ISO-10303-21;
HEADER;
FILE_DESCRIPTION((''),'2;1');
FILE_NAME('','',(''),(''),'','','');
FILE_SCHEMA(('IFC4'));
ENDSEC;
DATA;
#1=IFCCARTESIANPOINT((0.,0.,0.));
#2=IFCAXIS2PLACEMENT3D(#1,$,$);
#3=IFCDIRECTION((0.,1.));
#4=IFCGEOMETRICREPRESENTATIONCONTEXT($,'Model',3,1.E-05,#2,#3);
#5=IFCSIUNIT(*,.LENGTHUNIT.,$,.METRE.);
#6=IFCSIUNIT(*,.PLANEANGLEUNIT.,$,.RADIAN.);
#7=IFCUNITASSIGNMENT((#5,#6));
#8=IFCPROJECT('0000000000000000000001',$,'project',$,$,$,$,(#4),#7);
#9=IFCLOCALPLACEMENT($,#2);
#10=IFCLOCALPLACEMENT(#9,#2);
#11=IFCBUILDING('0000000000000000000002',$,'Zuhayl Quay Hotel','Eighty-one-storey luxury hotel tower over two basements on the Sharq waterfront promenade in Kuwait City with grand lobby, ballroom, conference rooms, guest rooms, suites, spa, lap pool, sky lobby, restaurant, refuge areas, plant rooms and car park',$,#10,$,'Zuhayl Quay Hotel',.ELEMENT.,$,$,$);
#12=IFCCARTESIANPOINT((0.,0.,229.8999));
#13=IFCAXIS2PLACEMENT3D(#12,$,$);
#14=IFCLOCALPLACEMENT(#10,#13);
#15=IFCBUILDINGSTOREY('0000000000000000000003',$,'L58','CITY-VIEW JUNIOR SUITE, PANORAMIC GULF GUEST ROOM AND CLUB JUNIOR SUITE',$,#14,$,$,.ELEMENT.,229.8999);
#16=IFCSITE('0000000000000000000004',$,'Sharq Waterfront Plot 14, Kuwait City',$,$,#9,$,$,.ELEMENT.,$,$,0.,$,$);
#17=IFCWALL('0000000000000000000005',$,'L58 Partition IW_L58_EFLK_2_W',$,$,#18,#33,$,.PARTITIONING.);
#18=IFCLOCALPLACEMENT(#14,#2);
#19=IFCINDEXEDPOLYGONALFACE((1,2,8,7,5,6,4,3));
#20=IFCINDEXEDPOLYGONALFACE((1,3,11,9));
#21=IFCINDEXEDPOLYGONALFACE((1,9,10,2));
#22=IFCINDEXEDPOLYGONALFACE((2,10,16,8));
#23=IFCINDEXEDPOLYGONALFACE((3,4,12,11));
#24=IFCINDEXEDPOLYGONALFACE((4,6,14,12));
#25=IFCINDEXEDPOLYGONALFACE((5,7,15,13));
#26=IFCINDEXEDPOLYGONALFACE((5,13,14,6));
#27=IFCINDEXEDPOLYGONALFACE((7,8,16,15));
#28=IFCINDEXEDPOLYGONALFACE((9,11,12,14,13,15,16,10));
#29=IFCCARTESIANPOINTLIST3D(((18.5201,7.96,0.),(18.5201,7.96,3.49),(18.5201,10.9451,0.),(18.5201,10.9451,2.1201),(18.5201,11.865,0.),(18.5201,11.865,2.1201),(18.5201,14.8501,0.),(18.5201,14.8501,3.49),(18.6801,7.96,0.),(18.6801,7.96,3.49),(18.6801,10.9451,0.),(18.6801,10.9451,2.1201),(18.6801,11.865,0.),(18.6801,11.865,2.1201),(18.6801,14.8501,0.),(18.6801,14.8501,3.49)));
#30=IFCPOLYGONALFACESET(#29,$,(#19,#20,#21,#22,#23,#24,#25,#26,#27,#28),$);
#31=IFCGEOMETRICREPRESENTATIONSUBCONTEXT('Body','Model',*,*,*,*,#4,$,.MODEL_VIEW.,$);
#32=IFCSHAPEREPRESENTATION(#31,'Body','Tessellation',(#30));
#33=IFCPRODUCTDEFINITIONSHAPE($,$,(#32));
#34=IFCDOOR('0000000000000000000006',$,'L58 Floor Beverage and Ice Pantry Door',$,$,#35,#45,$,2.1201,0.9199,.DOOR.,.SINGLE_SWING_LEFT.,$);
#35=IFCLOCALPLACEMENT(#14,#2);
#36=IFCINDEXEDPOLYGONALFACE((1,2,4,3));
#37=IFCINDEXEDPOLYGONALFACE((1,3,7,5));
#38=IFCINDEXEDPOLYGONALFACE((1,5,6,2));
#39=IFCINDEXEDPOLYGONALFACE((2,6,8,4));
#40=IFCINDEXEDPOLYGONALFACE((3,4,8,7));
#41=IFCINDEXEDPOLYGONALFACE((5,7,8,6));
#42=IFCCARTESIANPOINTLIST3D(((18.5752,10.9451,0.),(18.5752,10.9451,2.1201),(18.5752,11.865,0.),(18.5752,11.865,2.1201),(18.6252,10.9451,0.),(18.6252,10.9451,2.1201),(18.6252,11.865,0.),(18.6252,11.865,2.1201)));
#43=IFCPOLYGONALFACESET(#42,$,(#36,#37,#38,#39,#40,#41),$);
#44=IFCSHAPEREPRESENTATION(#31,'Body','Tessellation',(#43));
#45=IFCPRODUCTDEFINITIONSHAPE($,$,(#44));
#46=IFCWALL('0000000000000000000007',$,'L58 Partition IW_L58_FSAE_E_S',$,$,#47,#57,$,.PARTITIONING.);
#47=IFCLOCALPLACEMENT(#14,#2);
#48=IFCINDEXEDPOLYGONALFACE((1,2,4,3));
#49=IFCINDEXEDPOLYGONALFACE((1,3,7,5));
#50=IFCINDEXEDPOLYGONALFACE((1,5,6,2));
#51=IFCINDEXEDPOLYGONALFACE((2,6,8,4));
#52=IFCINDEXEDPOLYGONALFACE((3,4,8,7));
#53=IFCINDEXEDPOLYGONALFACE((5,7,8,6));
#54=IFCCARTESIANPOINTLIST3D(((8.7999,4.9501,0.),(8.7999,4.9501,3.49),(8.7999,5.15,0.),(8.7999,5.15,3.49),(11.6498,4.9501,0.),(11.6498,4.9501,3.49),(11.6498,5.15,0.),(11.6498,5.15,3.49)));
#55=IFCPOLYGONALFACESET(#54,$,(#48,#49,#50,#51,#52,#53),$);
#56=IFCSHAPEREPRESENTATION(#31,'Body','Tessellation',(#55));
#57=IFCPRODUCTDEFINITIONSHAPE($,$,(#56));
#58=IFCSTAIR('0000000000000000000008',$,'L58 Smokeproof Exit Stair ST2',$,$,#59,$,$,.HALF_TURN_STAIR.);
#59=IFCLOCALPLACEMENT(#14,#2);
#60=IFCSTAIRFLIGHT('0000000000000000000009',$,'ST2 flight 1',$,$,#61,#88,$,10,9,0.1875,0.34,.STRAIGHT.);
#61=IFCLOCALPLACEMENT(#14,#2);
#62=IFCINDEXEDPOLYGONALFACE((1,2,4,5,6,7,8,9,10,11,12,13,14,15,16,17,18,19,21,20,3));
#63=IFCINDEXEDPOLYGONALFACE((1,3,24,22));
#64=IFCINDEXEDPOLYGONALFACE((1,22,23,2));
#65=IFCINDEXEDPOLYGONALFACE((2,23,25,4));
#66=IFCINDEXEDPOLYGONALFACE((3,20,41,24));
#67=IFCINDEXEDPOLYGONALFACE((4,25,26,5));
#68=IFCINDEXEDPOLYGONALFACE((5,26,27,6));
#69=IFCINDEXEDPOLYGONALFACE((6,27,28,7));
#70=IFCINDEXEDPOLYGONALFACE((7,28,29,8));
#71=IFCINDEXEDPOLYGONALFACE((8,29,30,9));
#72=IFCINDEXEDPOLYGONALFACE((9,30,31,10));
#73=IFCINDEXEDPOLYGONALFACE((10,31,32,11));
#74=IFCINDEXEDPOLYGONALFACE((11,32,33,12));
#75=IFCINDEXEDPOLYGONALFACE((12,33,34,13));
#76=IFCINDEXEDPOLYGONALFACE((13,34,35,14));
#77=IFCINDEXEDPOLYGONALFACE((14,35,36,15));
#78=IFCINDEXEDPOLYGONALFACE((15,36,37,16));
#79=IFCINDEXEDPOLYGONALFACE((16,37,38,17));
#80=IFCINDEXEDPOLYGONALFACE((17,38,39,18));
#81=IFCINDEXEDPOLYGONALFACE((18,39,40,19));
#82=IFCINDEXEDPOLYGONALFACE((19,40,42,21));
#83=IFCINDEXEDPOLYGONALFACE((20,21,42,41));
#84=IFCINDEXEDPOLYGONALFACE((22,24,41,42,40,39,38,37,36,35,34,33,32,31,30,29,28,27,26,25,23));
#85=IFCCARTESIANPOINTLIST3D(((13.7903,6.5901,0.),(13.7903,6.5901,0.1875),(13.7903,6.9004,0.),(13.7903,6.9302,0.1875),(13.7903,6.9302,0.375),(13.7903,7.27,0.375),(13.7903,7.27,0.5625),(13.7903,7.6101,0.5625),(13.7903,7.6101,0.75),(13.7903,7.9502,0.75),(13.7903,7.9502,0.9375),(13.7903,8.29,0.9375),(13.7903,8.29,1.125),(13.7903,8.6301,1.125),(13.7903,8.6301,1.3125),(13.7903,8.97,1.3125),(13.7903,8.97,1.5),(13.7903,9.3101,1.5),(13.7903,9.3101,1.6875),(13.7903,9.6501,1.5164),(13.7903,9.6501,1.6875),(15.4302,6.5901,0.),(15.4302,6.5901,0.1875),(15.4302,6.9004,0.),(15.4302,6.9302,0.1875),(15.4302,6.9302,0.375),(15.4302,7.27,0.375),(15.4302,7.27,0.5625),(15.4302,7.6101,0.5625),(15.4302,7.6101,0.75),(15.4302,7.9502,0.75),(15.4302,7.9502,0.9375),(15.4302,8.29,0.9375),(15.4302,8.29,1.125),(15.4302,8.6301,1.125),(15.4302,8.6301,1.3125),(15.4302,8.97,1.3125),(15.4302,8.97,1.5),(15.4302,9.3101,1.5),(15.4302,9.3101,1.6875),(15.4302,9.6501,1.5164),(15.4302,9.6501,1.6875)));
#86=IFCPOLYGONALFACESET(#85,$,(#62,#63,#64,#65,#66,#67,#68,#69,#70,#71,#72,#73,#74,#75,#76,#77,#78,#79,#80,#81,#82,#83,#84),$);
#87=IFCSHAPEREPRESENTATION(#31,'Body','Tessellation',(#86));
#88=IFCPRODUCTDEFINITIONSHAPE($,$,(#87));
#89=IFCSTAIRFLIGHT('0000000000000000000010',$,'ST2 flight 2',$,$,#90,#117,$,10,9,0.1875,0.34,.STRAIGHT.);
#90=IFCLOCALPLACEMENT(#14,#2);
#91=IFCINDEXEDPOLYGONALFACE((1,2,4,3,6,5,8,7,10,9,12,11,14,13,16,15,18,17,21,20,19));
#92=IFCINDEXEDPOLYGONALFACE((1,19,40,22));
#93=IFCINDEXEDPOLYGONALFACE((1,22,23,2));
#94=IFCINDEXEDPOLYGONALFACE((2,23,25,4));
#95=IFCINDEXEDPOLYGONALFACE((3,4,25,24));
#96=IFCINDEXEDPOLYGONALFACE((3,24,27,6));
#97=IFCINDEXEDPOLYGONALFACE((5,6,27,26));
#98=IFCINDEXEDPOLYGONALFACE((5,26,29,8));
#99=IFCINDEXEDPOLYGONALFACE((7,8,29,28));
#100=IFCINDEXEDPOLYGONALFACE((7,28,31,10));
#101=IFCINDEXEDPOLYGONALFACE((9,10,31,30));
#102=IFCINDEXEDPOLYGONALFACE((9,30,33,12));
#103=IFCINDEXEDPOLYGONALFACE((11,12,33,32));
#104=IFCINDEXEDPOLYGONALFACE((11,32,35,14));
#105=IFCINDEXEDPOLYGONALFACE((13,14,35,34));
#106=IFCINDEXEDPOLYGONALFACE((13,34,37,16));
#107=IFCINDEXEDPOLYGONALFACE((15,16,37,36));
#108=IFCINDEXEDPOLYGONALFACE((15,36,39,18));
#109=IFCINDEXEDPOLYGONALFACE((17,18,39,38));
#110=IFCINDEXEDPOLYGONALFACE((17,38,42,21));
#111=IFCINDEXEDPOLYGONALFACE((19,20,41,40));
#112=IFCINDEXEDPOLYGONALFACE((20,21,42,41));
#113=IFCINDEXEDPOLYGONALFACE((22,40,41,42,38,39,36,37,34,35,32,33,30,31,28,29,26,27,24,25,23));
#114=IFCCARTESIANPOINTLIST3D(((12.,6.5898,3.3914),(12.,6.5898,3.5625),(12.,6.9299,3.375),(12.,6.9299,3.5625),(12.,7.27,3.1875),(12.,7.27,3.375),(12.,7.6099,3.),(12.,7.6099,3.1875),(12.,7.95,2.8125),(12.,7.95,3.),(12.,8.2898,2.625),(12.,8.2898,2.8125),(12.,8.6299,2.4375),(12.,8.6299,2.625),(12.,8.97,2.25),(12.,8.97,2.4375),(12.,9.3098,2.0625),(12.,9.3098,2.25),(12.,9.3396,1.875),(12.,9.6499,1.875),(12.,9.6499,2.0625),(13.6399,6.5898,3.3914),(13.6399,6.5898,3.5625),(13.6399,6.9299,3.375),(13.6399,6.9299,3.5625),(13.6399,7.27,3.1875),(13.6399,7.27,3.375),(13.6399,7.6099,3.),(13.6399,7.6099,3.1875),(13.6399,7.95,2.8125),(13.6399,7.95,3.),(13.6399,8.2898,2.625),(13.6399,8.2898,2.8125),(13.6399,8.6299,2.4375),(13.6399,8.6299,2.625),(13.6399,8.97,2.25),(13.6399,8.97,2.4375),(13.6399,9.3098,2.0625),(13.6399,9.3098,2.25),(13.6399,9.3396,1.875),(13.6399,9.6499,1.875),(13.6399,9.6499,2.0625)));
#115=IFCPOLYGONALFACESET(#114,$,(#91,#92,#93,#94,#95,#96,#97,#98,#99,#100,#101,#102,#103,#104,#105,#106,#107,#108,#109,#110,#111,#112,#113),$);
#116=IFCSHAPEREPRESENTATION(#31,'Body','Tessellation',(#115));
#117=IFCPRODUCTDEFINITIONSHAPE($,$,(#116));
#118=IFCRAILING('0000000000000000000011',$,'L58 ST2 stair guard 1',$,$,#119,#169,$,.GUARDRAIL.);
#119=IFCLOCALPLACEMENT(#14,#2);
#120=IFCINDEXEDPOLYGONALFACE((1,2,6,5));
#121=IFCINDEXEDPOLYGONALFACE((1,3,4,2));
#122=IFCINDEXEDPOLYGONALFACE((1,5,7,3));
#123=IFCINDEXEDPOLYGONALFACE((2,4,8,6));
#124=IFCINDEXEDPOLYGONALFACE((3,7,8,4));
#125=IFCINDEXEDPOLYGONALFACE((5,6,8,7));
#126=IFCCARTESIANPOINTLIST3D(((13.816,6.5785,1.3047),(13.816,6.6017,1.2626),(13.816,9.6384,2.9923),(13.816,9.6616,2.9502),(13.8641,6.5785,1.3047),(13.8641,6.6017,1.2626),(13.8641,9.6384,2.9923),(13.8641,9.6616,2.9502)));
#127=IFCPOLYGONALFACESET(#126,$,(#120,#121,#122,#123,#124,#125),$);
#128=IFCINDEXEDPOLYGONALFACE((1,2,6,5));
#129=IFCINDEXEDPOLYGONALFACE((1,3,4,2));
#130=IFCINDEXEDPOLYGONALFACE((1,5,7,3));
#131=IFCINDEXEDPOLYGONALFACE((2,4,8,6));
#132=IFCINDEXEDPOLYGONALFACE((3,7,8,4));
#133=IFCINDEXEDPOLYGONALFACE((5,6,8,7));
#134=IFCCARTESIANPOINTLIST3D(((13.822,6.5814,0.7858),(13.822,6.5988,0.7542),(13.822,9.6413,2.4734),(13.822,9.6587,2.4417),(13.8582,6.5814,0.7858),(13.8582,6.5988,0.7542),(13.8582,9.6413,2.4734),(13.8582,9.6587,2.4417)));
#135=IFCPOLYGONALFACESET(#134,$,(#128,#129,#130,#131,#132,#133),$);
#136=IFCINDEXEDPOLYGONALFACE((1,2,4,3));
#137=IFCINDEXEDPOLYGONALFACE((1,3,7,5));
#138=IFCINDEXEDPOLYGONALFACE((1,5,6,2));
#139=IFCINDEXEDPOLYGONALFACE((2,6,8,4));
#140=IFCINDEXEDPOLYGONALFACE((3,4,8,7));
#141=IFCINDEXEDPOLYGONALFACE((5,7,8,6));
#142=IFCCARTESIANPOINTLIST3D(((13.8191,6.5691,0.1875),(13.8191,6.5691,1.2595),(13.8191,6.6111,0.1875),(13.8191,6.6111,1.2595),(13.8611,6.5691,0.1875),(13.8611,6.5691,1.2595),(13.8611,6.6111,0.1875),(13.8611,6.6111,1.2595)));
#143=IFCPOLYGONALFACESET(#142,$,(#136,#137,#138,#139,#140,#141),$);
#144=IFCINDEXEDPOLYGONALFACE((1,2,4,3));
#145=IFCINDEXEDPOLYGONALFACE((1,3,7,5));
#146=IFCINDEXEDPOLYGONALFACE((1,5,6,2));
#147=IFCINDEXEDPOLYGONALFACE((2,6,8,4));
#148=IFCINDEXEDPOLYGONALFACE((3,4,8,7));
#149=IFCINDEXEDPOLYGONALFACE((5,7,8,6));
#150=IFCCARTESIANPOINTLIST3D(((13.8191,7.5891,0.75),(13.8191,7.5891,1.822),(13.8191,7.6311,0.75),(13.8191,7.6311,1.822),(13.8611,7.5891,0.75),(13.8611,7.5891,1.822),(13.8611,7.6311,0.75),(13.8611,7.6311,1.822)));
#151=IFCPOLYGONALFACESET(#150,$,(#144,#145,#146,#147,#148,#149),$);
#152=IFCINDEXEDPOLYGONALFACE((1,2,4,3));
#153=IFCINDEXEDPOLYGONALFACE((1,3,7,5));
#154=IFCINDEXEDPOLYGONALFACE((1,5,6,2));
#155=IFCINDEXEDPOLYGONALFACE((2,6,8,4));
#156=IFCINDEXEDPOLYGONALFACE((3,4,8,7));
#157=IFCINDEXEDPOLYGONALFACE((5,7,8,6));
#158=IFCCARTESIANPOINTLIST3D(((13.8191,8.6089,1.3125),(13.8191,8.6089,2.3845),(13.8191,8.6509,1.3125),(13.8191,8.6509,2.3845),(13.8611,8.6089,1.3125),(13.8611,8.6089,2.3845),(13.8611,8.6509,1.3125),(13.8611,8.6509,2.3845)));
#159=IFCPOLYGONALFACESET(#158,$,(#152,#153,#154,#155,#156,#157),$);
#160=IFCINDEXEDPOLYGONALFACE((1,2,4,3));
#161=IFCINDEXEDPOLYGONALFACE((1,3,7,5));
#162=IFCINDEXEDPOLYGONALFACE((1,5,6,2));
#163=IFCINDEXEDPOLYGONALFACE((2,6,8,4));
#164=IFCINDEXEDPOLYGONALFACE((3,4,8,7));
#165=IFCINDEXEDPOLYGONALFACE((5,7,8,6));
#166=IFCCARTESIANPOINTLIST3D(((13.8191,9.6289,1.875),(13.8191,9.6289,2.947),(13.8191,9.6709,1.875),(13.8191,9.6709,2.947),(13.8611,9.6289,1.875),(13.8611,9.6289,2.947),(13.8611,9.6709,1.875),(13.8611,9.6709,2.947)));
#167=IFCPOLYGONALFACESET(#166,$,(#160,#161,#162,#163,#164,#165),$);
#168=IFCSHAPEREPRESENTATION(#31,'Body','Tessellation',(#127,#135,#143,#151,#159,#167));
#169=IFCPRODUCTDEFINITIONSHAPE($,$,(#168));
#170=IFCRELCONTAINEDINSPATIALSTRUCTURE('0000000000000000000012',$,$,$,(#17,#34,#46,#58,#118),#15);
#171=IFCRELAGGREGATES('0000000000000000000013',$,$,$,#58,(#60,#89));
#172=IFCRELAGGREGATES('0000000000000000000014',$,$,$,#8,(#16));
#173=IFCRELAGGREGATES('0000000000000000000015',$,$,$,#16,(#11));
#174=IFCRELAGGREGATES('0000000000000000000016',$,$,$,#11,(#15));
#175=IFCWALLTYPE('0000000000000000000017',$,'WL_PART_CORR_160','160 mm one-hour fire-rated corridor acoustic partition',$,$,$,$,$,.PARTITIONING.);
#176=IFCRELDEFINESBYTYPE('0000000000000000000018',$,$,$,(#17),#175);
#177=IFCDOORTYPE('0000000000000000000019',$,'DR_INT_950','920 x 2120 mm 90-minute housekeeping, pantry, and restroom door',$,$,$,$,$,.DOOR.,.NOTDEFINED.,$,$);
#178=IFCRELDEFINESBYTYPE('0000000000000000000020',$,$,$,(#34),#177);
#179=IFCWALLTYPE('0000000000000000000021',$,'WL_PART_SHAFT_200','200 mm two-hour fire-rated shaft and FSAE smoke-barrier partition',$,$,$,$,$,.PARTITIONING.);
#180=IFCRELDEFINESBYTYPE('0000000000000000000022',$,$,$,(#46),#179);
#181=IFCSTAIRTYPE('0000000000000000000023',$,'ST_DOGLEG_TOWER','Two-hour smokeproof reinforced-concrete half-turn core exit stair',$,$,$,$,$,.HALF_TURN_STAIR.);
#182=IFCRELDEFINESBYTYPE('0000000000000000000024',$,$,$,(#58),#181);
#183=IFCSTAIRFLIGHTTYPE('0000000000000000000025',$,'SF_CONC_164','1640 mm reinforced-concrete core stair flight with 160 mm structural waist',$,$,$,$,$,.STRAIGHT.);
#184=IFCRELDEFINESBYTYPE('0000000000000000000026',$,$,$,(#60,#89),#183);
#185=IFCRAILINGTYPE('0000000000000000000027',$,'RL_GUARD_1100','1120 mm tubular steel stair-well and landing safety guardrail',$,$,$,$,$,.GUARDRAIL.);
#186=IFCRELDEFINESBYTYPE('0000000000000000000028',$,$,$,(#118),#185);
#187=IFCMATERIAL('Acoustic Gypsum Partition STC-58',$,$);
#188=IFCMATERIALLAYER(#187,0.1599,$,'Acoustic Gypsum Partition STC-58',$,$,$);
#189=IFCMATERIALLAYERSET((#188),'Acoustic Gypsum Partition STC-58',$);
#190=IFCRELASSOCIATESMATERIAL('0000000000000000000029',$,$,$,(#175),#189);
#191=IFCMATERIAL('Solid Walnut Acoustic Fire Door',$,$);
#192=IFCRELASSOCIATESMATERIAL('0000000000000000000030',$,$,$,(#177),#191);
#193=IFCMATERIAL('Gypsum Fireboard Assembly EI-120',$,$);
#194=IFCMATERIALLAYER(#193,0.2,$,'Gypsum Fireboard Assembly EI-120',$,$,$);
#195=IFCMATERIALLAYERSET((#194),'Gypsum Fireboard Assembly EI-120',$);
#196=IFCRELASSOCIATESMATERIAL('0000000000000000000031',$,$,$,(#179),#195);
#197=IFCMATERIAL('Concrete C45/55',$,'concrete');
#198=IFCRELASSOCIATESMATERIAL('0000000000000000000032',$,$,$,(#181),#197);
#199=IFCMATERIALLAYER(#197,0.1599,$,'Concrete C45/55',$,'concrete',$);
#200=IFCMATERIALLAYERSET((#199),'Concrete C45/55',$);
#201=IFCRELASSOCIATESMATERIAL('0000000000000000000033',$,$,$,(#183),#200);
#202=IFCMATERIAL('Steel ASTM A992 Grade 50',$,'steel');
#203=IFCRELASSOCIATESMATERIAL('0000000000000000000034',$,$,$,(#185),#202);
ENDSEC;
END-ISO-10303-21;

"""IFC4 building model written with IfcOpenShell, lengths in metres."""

from ifc_helpers import new_model, si_unit, direction, frame, frame_2d, origin, origin_2d, place, context, subcontext, project, spatial, polyline, rectangle, outline, extrude, material, layer, layer_set, type_object, element, fill, aggregate, save


model = new_model("IFC4")

# Units and contexts
model_context = context("Model", 3, precision=1e-05, world=origin(), true_north=direction((0.0, 1.0)))
body_context = subcontext(model_context, "Body", "Model", "MODEL_VIEW")
ifc_project = project(units=[si_unit("LENGTHUNIT", "METRE"), si_unit("PLANEANGLEUNIT", "RADIAN")], contexts=[model_context])

# Site, building, storey
site_placement = place(None, origin())
site = spatial("IfcSite", under=ifc_project, at=site_placement, Name="Sharq Waterfront Plot 14, Kuwait City", CompositionType="ELEMENT", RefElevation=0.0)
building_placement = place(site_placement, origin())
building = spatial("IfcBuilding", under=site, at=building_placement, Name="Zuhayl Quay Hotel", Description="Eighty-one-storey luxury hotel tower over two basements on the Sharq waterfront promenade in Kuwait City with grand lobby, ballroom, conference rooms, guest rooms, suites, spa, lap pool, sky lobby, restaurant, refuge areas, plant rooms and car park", LongName="Zuhayl Quay Hotel", CompositionType="ELEMENT")
storey_placement = place(building_placement, frame((0.0, 0.0, 229.8999)))
storey = spatial("IfcBuildingStorey", under=building, at=storey_placement, Name="L58", Description="CITY-VIEW JUNIOR SUITE, PANORAMIC GULF GUEST ROOM AND CLUB JUNIOR SUITE", CompositionType="ELEMENT", Elevation=229.8999)

# Shared definitions
ifc_material_1 = material(Name="Acoustic Gypsum Partition STC-58")

# Wall, opening, door
ifc_layer_1 = layer(ifc_material_1, 0.1599, Name="Acoustic Gypsum Partition STC-58")
ifc_layer_set_1 = layer_set([ifc_layer_1], Name="Acoustic Gypsum Partition STC-58")
wall_type_1 = type_object("IfcWallType", Name="WL_PART_CORR_160", Description="160 mm one-hour fire-rated corridor acoustic partition", PredefinedType="PARTITIONING", material=ifc_layer_set_1)
ifc_material_2 = material(Name="Solid Walnut Acoustic Fire Door")
door_type_1 = type_object("IfcDoorType", Name="DR_INT_950", Description="920 x 2120 mm 90-minute housekeeping, pantry, and restroom door", OperationType="NOTDEFINED", PredefinedType="DOOR", material=ifc_material_2)
wall_1_placement = place(storey_placement, frame((18.6001, 7.96, 0.0), z_axis=(0.0, 0.0, 1.0), x_axis=(0.0, 1.0, 0.0)))
wall_1 = element("IfcWall", 1, at=wall_1_placement, inside=storey, type_object=wall_type_1, Name="L58 Partition IW_L58_EFLK_2_W", PredefinedType="PARTITIONING", context=body_context, shape_type="SweptSolid", body=[
    extrude(rectangle(XDim=6.8901, YDim=0.1599, at=frame_2d((3.4451, 0.0))), origin(), (0.0, 0.0, 1.0), 3.49),
])
opening_1_placement = place(wall_1_placement, frame((2.9851, 0.0, 0.0)))
opening_1 = element("IfcOpeningElement", 2, at=opening_1_placement, cuts=wall_1, PredefinedType="OPENING", context=body_context, shape_type="SweptSolid", body=[
    extrude(rectangle(XDim=0.9199, YDim=2.1201, at=frame_2d((0.46, 1.0601))), frame((0.0, 0.0898, 0.0), z_axis=(0.0, -1.0, 0.0), x_axis=(1.0, 0.0, 0.0)), (0.0, 0.0, 1.0), 0.1799),
])
door_1_placement = place(opening_1_placement, origin())
door_1 = element("IfcDoor", 3, at=door_1_placement, inside=storey, type_object=door_type_1, Name="L58 Floor Beverage and Ice Pantry Door", OperationType="SINGLE_SWING_LEFT", OverallHeight=2.1201, OverallWidth=0.9199, PredefinedType="DOOR", context=body_context, shape_type="SweptSolid", body=[
    extrude(rectangle(XDim=0.9199, YDim=2.1201, at=frame_2d((0.46, 1.0601))), frame((0.0, 0.0249, 0.0), z_axis=(0.0, -1.0, 0.0), x_axis=(1.0, 0.0, 0.0)), (0.0, 0.0, 1.0), 0.05),
])
fill(opening_1, door_1)

# Wall
ifc_material_3 = material(Name="Gypsum Fireboard Assembly EI-120")
ifc_layer_2 = layer(ifc_material_3, 0.2, Name="Gypsum Fireboard Assembly EI-120")
ifc_layer_set_2 = layer_set([ifc_layer_2], Name="Gypsum Fireboard Assembly EI-120")
wall_type_2 = type_object("IfcWallType", Name="WL_PART_SHAFT_200", Description="200 mm two-hour fire-rated shaft and FSAE smoke-barrier partition", PredefinedType="PARTITIONING", material=ifc_layer_set_2)
wall_2_placement = place(storey_placement, frame((8.8, 5.05, 0.0), z_axis=(0.0, 0.0, 1.0), x_axis=(1.0, 0.0, 0.0)))
element("IfcWall", 4, at=wall_2_placement, inside=storey, type_object=wall_type_2, Name="L58 Partition IW_L58_FSAE_E_S", PredefinedType="PARTITIONING", context=body_context, shape_type="SweptSolid", body=[
    extrude(rectangle(XDim=2.8499, YDim=0.2, at=frame_2d((1.4248, 0.0))), origin(), (0.0, 0.0, 1.0), 3.49),
])

# Stair, stair flights
ifc_material_4 = material(Name="Concrete C45/55", Category="concrete")
stair_type = type_object("IfcStairType", Name="ST_DOGLEG_TOWER", Description="Two-hour smokeproof reinforced-concrete half-turn core exit stair", PredefinedType="HALF_TURN_STAIR", material=ifc_material_4)
stair_placement = place(storey_placement, origin())
stair = element("IfcStair", 5, at=stair_placement, inside=storey, type_object=stair_type, Name="L58 Smokeproof Exit Stair ST2", PredefinedType="HALF_TURN_STAIR")
ifc_layer_3 = layer(ifc_material_4, 0.1599, Name="Concrete C45/55", Category="concrete")
ifc_layer_set_3 = layer_set([ifc_layer_3], Name="Concrete C45/55")
stair_flight_type = type_object("IfcStairFlightType", Name="SF_CONC_164", Description="1640 mm reinforced-concrete core stair flight with 160 mm structural waist", PredefinedType="STRAIGHT", material=ifc_layer_set_3)
stair_flight_1_placement = place(storey_placement, frame((14.6101, 6.5901, 0.0), z_axis=(0.0, 0.0, 1.0), x_axis=(0.0, 1.0, 0.0)))
stair_flight_1 = element("IfcStairFlight", 6, at=stair_flight_1_placement, type_object=stair_flight_type, Name="ST2 flight 1", NumberOfRisers=10, NumberOfTreads=9, PredefinedType="STRAIGHT", RiserHeight=0.1875, TreadLength=0.34, context=body_context, shape_type="SweptSolid", body=[
    extrude(outline(polyline([(0.0, 0.0), (0.0, 0.1875), (0.3401, 0.1875), (0.3401, 0.375), (0.6799, 0.375), (0.6799, 0.5625), (1.02, 0.5625), (1.02, 0.75), (1.3601, 0.75), (1.3601, 0.9375), (1.7, 0.9375), (1.7, 1.125), (2.04, 1.125), (2.04, 1.3125), (2.3799, 1.3125), (2.3799, 1.5), (2.72, 1.5), (2.72, 1.6875), (3.0601, 1.6875), (3.0601, 1.875), (3.0601, 1.5164), (0.3103, 0.0), (0.0, 0.0)])), frame((0.0, 0.8198, 0.0), z_axis=(0.0, -1.0, 0.0), x_axis=(1.0, 0.0, 0.0)), (0.0, 0.0, 1.0), 1.6399),
])
stair_flight_2_placement = place(storey_placement, frame((12.8201, 9.6499, 1.875), z_axis=(0.0, 0.0, 1.0), x_axis=(0.0, -1.0, 0.0)))
stair_flight_2 = element("IfcStairFlight", 7, at=stair_flight_2_placement, type_object=stair_flight_type, Name="ST2 flight 2", NumberOfRisers=10, NumberOfTreads=9, PredefinedType="STRAIGHT", RiserHeight=0.1875, TreadLength=0.34, context=body_context, shape_type="SweptSolid", body=[
    extrude(outline(polyline([(0.0, 0.0), (0.0, 0.1875), (0.3401, 0.1875), (0.3401, 0.375), (0.6799, 0.375), (0.6799, 0.5625), (1.02, 0.5625), (1.02, 0.75), (1.3601, 0.75), (1.3601, 0.9375), (1.7, 0.9375), (1.7, 1.125), (2.04, 1.125), (2.04, 1.3125), (2.3799, 1.3125), (2.3799, 1.5), (2.72, 1.5), (2.72, 1.6875), (3.0601, 1.6875), (3.0601, 1.875), (3.0601, 1.5164), (0.3103, 0.0), (0.0, 0.0)])), frame((0.0, 0.8198, 0.0), z_axis=(0.0, -1.0, 0.0), x_axis=(1.0, 0.0, 0.0)), (0.0, 0.0, 1.0), 1.6399),
])
aggregate(stair, [stair_flight_1, stair_flight_2])

# Railing
ifc_material_5 = material(Name="Steel ASTM A992 Grade 50", Category="steel")
railing_type_1 = type_object("IfcRailingType", Name="RL_GUARD_1100", Description="1120 mm tubular steel stair-well and landing safety guardrail", PredefinedType="GUARDRAIL", material=ifc_material_5)
railing_1_placement = place(storey_placement, frame((13.8401, 6.5901, 0.1875)))
element("IfcRailing", 8, at=railing_1_placement, inside=storey, type_object=railing_type_1, Name="L58 ST2 stair guard 1", PredefinedType="GUARDRAIL", context=body_context, shape_type="SweptSolid", body=[
    extrude(rectangle(XDim=0.0481, YDim=0.0481, at=origin_2d()), frame((0.0, 0.0, 1.0962), z_axis=(0.0, 0.875659, 0.48293), x_axis=(-1.0, 0.0, 0.0)), (0.0, 0.0, 1.0), 3.4944),
    extrude(rectangle(XDim=0.0361, YDim=0.0361, at=origin_2d()), frame((0.0, 0.0, 0.5825), z_axis=(0.0, 0.875659, 0.48293), x_axis=(-1.0, 0.0, 0.0)), (0.0, 0.0, 1.0), 3.4944),
    extrude(rectangle(XDim=0.042, YDim=0.042, at=origin_2d()), origin(), (0.0, 0.0, 1.0), 1.072),
    extrude(rectangle(XDim=0.042, YDim=0.042, at=origin_2d()), frame((0.0, 1.02, 0.5625)), (0.0, 0.0, 1.0), 1.072),
    extrude(rectangle(XDim=0.042, YDim=0.042, at=origin_2d()), frame((0.0, 2.0398, 1.125)), (0.0, 0.0, 1.0), 1.072),
    extrude(rectangle(XDim=0.042, YDim=0.042, at=origin_2d()), frame((0.0, 3.0598, 1.6875)), (0.0, 0.0, 1.0), 1.072),
])

save(model, "model.ifc")
